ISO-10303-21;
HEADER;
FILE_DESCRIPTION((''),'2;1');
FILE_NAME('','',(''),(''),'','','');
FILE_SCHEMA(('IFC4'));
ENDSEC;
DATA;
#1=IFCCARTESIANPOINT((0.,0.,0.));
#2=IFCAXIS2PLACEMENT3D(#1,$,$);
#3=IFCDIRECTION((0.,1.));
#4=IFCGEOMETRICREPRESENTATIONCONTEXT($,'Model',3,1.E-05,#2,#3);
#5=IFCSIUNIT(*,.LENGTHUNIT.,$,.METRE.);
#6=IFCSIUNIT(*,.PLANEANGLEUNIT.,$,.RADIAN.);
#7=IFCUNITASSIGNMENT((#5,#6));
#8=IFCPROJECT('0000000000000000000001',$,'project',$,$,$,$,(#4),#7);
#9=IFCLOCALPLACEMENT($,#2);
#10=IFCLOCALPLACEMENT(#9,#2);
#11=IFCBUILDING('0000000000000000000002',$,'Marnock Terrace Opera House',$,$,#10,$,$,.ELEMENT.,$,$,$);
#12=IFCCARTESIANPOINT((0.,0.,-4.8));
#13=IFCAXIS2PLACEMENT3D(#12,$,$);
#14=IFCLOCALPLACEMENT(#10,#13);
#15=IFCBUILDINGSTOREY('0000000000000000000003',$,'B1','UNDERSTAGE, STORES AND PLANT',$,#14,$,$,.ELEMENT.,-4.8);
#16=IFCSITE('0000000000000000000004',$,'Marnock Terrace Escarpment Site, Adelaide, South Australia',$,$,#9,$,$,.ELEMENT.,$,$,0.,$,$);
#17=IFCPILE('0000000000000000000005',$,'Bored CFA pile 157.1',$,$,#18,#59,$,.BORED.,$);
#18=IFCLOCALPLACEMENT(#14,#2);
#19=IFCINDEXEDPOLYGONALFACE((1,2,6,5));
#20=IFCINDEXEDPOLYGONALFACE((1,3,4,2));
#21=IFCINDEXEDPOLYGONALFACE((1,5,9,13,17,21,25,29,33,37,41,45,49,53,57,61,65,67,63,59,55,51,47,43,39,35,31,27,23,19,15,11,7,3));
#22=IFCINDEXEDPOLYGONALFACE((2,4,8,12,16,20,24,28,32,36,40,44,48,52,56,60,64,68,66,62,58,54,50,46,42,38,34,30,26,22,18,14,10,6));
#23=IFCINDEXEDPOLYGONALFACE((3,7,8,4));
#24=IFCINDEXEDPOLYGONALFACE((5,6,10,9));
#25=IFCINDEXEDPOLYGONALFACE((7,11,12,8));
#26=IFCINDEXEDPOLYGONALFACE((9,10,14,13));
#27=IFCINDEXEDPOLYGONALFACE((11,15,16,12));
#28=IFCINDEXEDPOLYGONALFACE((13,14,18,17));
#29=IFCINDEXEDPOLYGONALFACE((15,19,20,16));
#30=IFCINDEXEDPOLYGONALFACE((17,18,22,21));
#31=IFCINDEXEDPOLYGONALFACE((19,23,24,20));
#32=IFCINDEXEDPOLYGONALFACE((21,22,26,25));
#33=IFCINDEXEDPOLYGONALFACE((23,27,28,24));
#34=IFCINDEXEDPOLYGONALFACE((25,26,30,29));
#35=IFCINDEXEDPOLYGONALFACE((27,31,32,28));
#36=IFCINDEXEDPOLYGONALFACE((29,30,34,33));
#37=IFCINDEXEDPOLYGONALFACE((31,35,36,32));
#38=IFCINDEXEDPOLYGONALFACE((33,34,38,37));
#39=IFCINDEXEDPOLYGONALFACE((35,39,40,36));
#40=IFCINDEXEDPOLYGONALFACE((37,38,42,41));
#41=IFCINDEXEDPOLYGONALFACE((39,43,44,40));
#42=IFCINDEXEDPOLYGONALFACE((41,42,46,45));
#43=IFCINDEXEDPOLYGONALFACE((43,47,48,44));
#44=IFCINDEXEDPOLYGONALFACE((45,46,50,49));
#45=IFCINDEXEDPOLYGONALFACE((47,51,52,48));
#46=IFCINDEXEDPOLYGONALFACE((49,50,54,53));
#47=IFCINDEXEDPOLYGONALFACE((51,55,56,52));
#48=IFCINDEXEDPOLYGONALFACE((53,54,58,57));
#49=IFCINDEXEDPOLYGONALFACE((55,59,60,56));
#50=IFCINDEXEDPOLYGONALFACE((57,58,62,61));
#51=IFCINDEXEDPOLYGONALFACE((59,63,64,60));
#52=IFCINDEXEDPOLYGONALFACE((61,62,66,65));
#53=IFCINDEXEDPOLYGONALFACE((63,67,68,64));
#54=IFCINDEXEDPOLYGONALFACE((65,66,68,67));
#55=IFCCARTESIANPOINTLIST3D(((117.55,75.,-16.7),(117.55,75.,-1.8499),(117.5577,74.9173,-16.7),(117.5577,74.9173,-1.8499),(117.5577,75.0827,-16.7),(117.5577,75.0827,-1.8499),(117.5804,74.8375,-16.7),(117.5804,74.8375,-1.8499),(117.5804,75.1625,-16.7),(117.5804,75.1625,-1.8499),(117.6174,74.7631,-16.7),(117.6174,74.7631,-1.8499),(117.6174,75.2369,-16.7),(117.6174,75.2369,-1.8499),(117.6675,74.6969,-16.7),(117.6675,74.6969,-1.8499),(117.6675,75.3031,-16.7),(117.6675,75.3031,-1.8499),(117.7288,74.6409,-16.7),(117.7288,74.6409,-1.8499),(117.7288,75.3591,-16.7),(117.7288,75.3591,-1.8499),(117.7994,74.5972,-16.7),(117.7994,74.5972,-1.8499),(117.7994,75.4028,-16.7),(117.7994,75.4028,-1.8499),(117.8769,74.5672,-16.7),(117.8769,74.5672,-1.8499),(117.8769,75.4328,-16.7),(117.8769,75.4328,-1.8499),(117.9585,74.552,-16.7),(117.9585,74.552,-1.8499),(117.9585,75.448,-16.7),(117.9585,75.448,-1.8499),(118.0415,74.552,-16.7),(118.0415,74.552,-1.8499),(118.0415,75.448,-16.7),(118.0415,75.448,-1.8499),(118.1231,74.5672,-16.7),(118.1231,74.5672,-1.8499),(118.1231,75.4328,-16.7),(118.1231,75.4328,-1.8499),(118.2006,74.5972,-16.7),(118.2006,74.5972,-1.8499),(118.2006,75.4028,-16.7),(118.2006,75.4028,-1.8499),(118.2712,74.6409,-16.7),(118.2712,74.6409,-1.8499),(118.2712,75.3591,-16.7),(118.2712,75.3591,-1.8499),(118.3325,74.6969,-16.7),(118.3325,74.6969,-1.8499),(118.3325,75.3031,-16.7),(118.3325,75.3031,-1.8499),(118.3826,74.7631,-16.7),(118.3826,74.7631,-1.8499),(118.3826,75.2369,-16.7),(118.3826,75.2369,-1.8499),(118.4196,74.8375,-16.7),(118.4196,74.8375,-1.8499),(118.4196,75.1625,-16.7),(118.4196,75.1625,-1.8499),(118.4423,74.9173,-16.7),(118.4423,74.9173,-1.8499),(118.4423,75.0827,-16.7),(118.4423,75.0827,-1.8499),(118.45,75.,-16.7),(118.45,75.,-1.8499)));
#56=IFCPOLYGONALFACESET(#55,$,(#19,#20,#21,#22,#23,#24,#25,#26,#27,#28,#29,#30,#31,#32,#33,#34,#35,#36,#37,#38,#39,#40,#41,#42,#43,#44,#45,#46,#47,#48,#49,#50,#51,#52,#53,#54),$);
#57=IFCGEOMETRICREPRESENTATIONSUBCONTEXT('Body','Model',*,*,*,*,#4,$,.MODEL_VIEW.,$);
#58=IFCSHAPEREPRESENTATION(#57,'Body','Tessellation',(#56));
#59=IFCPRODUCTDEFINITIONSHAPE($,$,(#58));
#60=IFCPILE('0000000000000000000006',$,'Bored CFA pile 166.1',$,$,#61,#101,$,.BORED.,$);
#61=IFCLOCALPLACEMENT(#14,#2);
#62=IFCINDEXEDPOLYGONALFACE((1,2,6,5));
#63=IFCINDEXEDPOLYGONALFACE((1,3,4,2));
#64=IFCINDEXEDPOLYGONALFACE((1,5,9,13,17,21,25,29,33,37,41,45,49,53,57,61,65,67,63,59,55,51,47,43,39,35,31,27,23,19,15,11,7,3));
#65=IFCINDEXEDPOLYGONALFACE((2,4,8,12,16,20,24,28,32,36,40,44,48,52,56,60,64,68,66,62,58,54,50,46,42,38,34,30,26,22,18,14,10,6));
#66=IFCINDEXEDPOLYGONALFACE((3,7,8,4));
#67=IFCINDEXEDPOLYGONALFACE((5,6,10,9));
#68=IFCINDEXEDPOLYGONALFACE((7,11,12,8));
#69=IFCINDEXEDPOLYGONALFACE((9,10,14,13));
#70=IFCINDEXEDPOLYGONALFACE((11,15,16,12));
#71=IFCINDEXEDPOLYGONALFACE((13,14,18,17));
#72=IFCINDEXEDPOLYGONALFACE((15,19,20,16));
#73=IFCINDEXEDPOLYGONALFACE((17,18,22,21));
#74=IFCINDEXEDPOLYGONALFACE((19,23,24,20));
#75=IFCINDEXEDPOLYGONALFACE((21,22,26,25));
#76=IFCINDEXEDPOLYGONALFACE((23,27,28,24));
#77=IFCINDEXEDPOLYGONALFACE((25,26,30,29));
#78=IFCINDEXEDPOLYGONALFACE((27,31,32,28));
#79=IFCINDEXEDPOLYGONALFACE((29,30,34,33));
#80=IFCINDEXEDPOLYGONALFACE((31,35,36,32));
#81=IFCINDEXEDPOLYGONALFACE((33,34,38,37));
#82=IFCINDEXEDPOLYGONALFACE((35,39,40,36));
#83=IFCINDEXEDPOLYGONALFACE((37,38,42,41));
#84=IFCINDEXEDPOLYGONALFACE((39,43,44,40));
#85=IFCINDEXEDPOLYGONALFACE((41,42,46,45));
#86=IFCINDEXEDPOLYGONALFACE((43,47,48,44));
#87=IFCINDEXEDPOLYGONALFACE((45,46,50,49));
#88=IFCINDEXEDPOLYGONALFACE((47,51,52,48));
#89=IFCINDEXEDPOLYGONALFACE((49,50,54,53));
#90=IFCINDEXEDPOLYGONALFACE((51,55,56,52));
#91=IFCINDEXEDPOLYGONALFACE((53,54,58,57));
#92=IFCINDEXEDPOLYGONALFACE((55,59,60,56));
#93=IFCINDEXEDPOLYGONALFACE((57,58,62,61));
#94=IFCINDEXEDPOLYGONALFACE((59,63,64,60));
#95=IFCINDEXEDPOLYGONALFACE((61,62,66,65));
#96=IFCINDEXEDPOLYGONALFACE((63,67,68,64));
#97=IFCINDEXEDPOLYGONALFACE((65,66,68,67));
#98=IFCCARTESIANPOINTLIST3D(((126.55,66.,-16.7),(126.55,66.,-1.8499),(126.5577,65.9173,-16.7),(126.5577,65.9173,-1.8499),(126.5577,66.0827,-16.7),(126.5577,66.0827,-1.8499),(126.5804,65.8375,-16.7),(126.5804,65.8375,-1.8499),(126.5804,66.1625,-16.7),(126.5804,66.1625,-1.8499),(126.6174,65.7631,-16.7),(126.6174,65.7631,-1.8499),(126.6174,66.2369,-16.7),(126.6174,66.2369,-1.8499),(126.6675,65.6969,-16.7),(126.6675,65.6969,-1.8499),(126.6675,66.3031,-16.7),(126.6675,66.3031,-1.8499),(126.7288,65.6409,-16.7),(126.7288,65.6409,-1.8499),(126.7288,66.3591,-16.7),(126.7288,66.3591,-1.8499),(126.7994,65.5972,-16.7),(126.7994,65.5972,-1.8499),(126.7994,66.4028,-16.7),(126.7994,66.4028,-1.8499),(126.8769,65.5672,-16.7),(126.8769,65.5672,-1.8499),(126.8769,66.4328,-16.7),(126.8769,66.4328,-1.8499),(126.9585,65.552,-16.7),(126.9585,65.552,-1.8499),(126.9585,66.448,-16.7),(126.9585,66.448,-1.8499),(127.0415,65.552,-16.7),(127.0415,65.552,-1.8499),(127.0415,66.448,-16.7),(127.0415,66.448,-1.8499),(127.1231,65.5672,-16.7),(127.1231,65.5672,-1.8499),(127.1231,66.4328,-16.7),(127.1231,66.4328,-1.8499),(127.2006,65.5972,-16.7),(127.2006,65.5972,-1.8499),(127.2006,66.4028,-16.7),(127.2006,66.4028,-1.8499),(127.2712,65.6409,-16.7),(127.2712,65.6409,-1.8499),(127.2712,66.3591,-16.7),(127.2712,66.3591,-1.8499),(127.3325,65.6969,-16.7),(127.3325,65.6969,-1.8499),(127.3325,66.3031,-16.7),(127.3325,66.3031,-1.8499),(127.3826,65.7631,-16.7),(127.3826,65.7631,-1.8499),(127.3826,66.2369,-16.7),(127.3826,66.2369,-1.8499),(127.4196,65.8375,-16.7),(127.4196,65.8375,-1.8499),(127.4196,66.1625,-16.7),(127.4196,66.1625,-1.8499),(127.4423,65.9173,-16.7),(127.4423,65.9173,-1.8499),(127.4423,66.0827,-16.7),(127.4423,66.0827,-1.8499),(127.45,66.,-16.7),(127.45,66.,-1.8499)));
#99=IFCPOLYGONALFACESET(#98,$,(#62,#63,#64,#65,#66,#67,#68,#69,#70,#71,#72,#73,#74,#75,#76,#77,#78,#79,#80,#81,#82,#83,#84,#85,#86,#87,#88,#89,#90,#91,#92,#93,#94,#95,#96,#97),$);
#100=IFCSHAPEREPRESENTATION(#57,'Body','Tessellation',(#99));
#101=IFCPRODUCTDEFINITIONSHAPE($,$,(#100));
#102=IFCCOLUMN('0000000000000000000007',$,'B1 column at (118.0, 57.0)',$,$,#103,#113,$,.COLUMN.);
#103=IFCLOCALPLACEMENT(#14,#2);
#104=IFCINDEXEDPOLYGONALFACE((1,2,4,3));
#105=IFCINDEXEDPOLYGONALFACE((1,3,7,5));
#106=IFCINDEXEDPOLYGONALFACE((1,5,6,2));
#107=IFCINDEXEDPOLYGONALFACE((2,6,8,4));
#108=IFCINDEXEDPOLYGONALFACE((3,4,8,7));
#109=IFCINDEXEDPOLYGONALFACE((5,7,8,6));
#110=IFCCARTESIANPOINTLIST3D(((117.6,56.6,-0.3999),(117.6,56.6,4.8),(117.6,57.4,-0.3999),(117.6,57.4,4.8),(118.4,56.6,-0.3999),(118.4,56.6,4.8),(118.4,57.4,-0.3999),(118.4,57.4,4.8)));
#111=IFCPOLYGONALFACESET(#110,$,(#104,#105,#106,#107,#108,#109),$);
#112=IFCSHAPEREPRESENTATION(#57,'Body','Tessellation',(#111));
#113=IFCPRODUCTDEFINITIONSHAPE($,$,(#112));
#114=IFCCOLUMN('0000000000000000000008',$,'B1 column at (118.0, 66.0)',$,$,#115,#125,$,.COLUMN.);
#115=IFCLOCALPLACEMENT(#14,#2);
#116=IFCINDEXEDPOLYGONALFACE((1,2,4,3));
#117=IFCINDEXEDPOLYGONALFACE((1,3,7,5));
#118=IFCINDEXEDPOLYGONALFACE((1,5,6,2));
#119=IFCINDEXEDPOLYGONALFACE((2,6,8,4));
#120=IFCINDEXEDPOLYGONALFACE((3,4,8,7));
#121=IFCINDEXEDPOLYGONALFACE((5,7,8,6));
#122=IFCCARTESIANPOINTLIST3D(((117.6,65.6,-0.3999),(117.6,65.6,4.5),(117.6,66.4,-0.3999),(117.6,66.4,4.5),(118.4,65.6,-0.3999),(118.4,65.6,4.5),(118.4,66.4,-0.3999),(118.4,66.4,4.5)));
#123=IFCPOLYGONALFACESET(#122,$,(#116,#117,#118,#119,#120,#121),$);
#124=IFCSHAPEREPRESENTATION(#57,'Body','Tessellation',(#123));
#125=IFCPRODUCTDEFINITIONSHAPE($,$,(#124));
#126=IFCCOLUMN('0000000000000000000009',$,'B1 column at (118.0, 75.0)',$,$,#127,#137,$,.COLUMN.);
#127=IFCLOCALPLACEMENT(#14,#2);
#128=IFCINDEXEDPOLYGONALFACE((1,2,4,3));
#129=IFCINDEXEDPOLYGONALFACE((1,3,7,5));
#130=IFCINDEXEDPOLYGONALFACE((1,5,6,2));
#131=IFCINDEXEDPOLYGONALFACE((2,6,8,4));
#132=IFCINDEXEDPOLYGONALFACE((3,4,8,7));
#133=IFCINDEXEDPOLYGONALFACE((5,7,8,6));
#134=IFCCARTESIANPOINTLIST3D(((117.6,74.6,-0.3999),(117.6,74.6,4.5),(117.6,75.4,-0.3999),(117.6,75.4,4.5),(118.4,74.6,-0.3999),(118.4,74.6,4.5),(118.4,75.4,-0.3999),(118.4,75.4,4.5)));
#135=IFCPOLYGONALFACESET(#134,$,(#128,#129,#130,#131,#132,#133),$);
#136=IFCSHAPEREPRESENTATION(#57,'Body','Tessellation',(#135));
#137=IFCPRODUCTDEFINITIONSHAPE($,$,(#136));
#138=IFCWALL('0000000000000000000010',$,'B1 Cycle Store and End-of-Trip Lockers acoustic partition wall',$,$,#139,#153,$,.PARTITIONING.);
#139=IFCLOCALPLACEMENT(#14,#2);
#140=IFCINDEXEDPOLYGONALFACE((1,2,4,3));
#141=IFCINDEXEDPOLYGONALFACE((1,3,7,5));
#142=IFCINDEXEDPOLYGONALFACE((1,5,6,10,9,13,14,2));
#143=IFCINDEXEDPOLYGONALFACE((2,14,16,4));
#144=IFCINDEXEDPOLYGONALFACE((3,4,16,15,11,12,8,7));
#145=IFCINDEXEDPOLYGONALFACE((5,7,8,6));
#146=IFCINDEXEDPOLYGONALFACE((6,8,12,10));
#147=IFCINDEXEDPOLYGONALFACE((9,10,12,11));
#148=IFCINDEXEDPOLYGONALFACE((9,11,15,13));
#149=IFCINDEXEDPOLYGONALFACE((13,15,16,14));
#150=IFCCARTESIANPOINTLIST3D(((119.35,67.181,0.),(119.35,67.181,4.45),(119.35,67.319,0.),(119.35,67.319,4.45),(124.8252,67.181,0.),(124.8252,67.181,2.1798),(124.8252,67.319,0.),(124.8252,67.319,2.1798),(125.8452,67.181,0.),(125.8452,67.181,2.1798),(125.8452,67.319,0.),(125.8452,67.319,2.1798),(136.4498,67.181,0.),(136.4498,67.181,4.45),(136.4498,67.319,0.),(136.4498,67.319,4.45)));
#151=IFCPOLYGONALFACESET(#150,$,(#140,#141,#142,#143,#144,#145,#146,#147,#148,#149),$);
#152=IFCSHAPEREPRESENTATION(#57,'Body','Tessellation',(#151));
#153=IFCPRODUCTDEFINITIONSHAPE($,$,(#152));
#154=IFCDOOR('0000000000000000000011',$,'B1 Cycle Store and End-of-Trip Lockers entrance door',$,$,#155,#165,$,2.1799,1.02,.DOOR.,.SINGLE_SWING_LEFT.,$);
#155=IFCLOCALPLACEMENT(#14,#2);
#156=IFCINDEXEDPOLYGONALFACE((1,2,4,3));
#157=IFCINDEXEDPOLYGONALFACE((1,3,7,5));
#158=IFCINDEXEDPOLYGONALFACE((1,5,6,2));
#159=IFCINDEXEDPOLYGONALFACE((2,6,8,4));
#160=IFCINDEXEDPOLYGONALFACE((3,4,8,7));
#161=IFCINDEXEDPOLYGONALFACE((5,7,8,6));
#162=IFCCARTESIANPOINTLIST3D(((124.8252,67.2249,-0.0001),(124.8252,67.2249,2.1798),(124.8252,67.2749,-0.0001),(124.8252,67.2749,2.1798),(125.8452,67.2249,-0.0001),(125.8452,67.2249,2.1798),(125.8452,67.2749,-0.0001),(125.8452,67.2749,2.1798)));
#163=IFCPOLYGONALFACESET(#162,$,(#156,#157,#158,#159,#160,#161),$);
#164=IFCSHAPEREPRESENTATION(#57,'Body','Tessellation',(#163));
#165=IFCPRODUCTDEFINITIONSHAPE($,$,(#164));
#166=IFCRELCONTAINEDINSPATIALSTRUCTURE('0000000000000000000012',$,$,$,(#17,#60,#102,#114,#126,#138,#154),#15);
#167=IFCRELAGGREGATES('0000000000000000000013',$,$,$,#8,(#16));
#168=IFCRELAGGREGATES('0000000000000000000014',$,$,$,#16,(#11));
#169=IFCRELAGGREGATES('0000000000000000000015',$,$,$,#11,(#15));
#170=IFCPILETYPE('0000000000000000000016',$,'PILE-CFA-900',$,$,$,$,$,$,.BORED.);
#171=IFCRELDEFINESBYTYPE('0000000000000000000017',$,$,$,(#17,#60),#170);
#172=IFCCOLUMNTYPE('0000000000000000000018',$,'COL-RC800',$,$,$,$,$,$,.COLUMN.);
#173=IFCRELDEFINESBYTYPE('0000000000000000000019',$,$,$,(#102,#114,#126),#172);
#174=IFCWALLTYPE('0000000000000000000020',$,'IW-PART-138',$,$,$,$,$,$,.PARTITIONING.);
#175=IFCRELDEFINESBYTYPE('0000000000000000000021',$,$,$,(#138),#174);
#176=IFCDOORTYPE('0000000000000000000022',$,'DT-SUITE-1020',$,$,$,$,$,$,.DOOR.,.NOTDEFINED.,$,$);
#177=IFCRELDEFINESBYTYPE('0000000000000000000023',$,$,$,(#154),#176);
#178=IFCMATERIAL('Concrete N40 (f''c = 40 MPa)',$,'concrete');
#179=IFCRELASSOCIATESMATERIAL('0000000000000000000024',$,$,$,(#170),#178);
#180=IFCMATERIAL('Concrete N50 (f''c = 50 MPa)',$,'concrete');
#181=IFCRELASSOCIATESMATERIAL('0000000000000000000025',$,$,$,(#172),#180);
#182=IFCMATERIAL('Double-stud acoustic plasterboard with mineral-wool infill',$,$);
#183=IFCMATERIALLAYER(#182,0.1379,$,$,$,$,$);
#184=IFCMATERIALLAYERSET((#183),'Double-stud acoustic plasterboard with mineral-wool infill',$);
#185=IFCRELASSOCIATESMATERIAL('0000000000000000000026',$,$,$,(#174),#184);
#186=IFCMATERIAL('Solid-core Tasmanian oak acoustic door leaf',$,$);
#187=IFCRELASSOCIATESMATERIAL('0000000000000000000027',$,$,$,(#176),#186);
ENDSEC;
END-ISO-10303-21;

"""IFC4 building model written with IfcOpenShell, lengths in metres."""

from ifc_helpers import new_model, si_unit, direction, frame, frame_2d, origin, origin_2d, place, context, subcontext, project, spatial, rectangle, circle, extrude, material, layer, layer_set, material_profile, profile_set, type_object, element, fill, save


model = new_model("IFC4")

# Units and contexts
model_context = context("Model", 3, precision=1e-05, world=origin(), true_north=direction((0.0, 1.0)))
body_context = subcontext(model_context, "Body", "Model", "MODEL_VIEW")
ifc_project = project(units=[si_unit("LENGTHUNIT", "METRE"), si_unit("PLANEANGLEUNIT", "RADIAN")], contexts=[model_context])

# Site, building, storey
site_placement = place(None, origin())
site = spatial("IfcSite", under=ifc_project, at=site_placement, Name="Marnock Terrace Escarpment Site, Adelaide, South Australia", CompositionType="ELEMENT", RefElevation=0.0)
building_placement = place(site_placement, origin())
building = spatial("IfcBuilding", under=site, at=building_placement, Name="Marnock Terrace Opera House", CompositionType="ELEMENT")
storey_placement = place(building_placement, frame((0.0, 0.0, -4.8)))
storey = spatial("IfcBuildingStorey", under=building, at=storey_placement, Name="B1", Description="UNDERSTAGE, STORES AND PLANT", CompositionType="ELEMENT", Elevation=-4.8)

# Shared definitions
ifc_material_1 = material(Name="Concrete N40 (f'c = 40 MPa)", Category="concrete")

# Piles
ifc_material_profile_1 = material_profile(ifc_material_1, circle(Radius=0.45, at=origin_2d()))
ifc_profile_set_1 = profile_set([ifc_material_profile_1], Name="Concrete N40 (f'c = 40 MPa)")
pile_type_1 = type_object("IfcPileType", Name="PILE-CFA-900", PredefinedType="BORED", material=ifc_profile_set_1)
for number, where, z_axis, x_axis, name in (
    (1, (118.0, 75.0, -1.8499), (0.0, 0.0, -1.0), (1.0, 0.0, 0.0), "Bored CFA pile 157.1"),
    (2, (127.0, 66.0, -1.8499), (0.0, 0.0, -1.0), (1.0, 0.0, 0.0), "Bored CFA pile 166.1"),
):
    element("IfcPile", number, at=place(storey_placement, frame(where, z_axis=z_axis, x_axis=x_axis)), inside=storey, type_object=pile_type_1, Name=name, PredefinedType="BORED", context=body_context, shape_type="SweptSolid", body=[
        extrude(circle(Radius=0.45, at=origin_2d()), origin(), (0.0, 0.0, 1.0), 14.8501),
    ])

# Columns
ifc_material_2 = material(Name="Concrete N50 (f'c = 50 MPa)", Category="concrete")
ifc_material_profile_2 = material_profile(ifc_material_2, rectangle(XDim=0.8, YDim=0.8, at=origin_2d()))
ifc_profile_set_2 = profile_set([ifc_material_profile_2], Name="Concrete N50 (f'c = 50 MPa)")
column_type = type_object("IfcColumnType", Name="COL-RC800", PredefinedType="COLUMN", material=ifc_profile_set_2)
column_placement = place(storey_placement, frame((118.0, 57.0, -0.3999), z_axis=(0.0, 0.0, 1.0), x_axis=(1.0, 0.0, 0.0)))
element("IfcColumn", 3, at=column_placement, inside=storey, type_object=column_type, Name="B1 column at (118.0, 57.0)", PredefinedType="COLUMN", context=body_context, shape_type="SweptSolid", body=[
    extrude(rectangle(XDim=0.8, YDim=0.8, at=origin_2d()), origin(), (0.0, 0.0, 1.0), 5.2),
])
for number, where, z_axis, x_axis, name in (
    (4, (118.0, 66.0, -0.3999), (0.0, 0.0, 1.0), (1.0, 0.0, 0.0), "B1 column at (118.0, 66.0)"),
    (5, (118.0, 75.0, -0.3999), (0.0, 0.0, 1.0), (1.0, 0.0, 0.0), "B1 column at (118.0, 75.0)"),
):
    element("IfcColumn", number, at=place(storey_placement, frame(where, z_axis=z_axis, x_axis=x_axis)), inside=storey, type_object=column_type, Name=name, PredefinedType="COLUMN", context=body_context, shape_type="SweptSolid", body=[
        extrude(rectangle(XDim=0.8, YDim=0.8, at=origin_2d()), origin(), (0.0, 0.0, 1.0), 4.8999),
    ])

# Wall, opening, door
ifc_material_3 = material(Name="Double-stud acoustic plasterboard with mineral-wool infill")
ifc_layer_1 = layer(ifc_material_3, 0.1379)
ifc_layer_set_1 = layer_set([ifc_layer_1], Name="Double-stud acoustic plasterboard with mineral-wool infill")
wall_type = type_object("IfcWallType", Name="IW-PART-138", PredefinedType="PARTITIONING", material=ifc_layer_set_1)
wall_placement = place(storey_placement, frame((119.3501, 67.25, 0.0), z_axis=(0.0, 0.0, 1.0), x_axis=(1.0, 0.0, 0.0)))
wall = element("IfcWall", 6, at=wall_placement, inside=storey, type_object=wall_type, Name="B1 Cycle Store and End-of-Trip Lockers acoustic partition wall", PredefinedType="PARTITIONING", context=body_context, shape_type="SweptSolid", body=[
    extrude(rectangle(XDim=17.0999, YDim=0.1379, at=frame_2d((8.5498, 0.0))), origin(), (0.0, 0.0, 1.0), 4.45),
])
opening_placement = place(wall_placement, frame((5.4751, 0.0, 0.0)))
opening = element("IfcOpeningElement", 7, at=opening_placement, cuts=wall, PredefinedType="OPENING", context=body_context, shape_type="SweptSolid", body=[
    extrude(rectangle(XDim=1.02, YDim=2.1799, at=frame_2d((0.51, 1.0898))), frame((0.0, 0.0789, 0.0), z_axis=(0.0, -1.0, 0.0), x_axis=(1.0, 0.0, 0.0)), (0.0, 0.0, 1.0), 0.158),
])
ifc_material_4 = material(Name="Solid-core Tasmanian oak acoustic door leaf")
door_type = type_object("IfcDoorType", Name="DT-SUITE-1020", OperationType="NOTDEFINED", PredefinedType="DOOR", material=ifc_material_4)
door_placement = place(opening_placement, origin())
door = element("IfcDoor", 8, at=door_placement, inside=storey, type_object=door_type, Name="B1 Cycle Store and End-of-Trip Lockers entrance door", OperationType="SINGLE_SWING_LEFT", OverallHeight=2.1799, OverallWidth=1.02, PredefinedType="DOOR", context=body_context, shape_type="SweptSolid", body=[
    extrude(rectangle(XDim=1.02, YDim=2.1799, at=frame_2d((0.51, 1.0898))), frame((0.0, 0.0249, 0.0), z_axis=(0.0, -1.0, 0.0), x_axis=(1.0, 0.0, 0.0)), (0.0, 0.0, 1.0), 0.05),
])
fill(opening, door)

save(model, "model.ifc")
